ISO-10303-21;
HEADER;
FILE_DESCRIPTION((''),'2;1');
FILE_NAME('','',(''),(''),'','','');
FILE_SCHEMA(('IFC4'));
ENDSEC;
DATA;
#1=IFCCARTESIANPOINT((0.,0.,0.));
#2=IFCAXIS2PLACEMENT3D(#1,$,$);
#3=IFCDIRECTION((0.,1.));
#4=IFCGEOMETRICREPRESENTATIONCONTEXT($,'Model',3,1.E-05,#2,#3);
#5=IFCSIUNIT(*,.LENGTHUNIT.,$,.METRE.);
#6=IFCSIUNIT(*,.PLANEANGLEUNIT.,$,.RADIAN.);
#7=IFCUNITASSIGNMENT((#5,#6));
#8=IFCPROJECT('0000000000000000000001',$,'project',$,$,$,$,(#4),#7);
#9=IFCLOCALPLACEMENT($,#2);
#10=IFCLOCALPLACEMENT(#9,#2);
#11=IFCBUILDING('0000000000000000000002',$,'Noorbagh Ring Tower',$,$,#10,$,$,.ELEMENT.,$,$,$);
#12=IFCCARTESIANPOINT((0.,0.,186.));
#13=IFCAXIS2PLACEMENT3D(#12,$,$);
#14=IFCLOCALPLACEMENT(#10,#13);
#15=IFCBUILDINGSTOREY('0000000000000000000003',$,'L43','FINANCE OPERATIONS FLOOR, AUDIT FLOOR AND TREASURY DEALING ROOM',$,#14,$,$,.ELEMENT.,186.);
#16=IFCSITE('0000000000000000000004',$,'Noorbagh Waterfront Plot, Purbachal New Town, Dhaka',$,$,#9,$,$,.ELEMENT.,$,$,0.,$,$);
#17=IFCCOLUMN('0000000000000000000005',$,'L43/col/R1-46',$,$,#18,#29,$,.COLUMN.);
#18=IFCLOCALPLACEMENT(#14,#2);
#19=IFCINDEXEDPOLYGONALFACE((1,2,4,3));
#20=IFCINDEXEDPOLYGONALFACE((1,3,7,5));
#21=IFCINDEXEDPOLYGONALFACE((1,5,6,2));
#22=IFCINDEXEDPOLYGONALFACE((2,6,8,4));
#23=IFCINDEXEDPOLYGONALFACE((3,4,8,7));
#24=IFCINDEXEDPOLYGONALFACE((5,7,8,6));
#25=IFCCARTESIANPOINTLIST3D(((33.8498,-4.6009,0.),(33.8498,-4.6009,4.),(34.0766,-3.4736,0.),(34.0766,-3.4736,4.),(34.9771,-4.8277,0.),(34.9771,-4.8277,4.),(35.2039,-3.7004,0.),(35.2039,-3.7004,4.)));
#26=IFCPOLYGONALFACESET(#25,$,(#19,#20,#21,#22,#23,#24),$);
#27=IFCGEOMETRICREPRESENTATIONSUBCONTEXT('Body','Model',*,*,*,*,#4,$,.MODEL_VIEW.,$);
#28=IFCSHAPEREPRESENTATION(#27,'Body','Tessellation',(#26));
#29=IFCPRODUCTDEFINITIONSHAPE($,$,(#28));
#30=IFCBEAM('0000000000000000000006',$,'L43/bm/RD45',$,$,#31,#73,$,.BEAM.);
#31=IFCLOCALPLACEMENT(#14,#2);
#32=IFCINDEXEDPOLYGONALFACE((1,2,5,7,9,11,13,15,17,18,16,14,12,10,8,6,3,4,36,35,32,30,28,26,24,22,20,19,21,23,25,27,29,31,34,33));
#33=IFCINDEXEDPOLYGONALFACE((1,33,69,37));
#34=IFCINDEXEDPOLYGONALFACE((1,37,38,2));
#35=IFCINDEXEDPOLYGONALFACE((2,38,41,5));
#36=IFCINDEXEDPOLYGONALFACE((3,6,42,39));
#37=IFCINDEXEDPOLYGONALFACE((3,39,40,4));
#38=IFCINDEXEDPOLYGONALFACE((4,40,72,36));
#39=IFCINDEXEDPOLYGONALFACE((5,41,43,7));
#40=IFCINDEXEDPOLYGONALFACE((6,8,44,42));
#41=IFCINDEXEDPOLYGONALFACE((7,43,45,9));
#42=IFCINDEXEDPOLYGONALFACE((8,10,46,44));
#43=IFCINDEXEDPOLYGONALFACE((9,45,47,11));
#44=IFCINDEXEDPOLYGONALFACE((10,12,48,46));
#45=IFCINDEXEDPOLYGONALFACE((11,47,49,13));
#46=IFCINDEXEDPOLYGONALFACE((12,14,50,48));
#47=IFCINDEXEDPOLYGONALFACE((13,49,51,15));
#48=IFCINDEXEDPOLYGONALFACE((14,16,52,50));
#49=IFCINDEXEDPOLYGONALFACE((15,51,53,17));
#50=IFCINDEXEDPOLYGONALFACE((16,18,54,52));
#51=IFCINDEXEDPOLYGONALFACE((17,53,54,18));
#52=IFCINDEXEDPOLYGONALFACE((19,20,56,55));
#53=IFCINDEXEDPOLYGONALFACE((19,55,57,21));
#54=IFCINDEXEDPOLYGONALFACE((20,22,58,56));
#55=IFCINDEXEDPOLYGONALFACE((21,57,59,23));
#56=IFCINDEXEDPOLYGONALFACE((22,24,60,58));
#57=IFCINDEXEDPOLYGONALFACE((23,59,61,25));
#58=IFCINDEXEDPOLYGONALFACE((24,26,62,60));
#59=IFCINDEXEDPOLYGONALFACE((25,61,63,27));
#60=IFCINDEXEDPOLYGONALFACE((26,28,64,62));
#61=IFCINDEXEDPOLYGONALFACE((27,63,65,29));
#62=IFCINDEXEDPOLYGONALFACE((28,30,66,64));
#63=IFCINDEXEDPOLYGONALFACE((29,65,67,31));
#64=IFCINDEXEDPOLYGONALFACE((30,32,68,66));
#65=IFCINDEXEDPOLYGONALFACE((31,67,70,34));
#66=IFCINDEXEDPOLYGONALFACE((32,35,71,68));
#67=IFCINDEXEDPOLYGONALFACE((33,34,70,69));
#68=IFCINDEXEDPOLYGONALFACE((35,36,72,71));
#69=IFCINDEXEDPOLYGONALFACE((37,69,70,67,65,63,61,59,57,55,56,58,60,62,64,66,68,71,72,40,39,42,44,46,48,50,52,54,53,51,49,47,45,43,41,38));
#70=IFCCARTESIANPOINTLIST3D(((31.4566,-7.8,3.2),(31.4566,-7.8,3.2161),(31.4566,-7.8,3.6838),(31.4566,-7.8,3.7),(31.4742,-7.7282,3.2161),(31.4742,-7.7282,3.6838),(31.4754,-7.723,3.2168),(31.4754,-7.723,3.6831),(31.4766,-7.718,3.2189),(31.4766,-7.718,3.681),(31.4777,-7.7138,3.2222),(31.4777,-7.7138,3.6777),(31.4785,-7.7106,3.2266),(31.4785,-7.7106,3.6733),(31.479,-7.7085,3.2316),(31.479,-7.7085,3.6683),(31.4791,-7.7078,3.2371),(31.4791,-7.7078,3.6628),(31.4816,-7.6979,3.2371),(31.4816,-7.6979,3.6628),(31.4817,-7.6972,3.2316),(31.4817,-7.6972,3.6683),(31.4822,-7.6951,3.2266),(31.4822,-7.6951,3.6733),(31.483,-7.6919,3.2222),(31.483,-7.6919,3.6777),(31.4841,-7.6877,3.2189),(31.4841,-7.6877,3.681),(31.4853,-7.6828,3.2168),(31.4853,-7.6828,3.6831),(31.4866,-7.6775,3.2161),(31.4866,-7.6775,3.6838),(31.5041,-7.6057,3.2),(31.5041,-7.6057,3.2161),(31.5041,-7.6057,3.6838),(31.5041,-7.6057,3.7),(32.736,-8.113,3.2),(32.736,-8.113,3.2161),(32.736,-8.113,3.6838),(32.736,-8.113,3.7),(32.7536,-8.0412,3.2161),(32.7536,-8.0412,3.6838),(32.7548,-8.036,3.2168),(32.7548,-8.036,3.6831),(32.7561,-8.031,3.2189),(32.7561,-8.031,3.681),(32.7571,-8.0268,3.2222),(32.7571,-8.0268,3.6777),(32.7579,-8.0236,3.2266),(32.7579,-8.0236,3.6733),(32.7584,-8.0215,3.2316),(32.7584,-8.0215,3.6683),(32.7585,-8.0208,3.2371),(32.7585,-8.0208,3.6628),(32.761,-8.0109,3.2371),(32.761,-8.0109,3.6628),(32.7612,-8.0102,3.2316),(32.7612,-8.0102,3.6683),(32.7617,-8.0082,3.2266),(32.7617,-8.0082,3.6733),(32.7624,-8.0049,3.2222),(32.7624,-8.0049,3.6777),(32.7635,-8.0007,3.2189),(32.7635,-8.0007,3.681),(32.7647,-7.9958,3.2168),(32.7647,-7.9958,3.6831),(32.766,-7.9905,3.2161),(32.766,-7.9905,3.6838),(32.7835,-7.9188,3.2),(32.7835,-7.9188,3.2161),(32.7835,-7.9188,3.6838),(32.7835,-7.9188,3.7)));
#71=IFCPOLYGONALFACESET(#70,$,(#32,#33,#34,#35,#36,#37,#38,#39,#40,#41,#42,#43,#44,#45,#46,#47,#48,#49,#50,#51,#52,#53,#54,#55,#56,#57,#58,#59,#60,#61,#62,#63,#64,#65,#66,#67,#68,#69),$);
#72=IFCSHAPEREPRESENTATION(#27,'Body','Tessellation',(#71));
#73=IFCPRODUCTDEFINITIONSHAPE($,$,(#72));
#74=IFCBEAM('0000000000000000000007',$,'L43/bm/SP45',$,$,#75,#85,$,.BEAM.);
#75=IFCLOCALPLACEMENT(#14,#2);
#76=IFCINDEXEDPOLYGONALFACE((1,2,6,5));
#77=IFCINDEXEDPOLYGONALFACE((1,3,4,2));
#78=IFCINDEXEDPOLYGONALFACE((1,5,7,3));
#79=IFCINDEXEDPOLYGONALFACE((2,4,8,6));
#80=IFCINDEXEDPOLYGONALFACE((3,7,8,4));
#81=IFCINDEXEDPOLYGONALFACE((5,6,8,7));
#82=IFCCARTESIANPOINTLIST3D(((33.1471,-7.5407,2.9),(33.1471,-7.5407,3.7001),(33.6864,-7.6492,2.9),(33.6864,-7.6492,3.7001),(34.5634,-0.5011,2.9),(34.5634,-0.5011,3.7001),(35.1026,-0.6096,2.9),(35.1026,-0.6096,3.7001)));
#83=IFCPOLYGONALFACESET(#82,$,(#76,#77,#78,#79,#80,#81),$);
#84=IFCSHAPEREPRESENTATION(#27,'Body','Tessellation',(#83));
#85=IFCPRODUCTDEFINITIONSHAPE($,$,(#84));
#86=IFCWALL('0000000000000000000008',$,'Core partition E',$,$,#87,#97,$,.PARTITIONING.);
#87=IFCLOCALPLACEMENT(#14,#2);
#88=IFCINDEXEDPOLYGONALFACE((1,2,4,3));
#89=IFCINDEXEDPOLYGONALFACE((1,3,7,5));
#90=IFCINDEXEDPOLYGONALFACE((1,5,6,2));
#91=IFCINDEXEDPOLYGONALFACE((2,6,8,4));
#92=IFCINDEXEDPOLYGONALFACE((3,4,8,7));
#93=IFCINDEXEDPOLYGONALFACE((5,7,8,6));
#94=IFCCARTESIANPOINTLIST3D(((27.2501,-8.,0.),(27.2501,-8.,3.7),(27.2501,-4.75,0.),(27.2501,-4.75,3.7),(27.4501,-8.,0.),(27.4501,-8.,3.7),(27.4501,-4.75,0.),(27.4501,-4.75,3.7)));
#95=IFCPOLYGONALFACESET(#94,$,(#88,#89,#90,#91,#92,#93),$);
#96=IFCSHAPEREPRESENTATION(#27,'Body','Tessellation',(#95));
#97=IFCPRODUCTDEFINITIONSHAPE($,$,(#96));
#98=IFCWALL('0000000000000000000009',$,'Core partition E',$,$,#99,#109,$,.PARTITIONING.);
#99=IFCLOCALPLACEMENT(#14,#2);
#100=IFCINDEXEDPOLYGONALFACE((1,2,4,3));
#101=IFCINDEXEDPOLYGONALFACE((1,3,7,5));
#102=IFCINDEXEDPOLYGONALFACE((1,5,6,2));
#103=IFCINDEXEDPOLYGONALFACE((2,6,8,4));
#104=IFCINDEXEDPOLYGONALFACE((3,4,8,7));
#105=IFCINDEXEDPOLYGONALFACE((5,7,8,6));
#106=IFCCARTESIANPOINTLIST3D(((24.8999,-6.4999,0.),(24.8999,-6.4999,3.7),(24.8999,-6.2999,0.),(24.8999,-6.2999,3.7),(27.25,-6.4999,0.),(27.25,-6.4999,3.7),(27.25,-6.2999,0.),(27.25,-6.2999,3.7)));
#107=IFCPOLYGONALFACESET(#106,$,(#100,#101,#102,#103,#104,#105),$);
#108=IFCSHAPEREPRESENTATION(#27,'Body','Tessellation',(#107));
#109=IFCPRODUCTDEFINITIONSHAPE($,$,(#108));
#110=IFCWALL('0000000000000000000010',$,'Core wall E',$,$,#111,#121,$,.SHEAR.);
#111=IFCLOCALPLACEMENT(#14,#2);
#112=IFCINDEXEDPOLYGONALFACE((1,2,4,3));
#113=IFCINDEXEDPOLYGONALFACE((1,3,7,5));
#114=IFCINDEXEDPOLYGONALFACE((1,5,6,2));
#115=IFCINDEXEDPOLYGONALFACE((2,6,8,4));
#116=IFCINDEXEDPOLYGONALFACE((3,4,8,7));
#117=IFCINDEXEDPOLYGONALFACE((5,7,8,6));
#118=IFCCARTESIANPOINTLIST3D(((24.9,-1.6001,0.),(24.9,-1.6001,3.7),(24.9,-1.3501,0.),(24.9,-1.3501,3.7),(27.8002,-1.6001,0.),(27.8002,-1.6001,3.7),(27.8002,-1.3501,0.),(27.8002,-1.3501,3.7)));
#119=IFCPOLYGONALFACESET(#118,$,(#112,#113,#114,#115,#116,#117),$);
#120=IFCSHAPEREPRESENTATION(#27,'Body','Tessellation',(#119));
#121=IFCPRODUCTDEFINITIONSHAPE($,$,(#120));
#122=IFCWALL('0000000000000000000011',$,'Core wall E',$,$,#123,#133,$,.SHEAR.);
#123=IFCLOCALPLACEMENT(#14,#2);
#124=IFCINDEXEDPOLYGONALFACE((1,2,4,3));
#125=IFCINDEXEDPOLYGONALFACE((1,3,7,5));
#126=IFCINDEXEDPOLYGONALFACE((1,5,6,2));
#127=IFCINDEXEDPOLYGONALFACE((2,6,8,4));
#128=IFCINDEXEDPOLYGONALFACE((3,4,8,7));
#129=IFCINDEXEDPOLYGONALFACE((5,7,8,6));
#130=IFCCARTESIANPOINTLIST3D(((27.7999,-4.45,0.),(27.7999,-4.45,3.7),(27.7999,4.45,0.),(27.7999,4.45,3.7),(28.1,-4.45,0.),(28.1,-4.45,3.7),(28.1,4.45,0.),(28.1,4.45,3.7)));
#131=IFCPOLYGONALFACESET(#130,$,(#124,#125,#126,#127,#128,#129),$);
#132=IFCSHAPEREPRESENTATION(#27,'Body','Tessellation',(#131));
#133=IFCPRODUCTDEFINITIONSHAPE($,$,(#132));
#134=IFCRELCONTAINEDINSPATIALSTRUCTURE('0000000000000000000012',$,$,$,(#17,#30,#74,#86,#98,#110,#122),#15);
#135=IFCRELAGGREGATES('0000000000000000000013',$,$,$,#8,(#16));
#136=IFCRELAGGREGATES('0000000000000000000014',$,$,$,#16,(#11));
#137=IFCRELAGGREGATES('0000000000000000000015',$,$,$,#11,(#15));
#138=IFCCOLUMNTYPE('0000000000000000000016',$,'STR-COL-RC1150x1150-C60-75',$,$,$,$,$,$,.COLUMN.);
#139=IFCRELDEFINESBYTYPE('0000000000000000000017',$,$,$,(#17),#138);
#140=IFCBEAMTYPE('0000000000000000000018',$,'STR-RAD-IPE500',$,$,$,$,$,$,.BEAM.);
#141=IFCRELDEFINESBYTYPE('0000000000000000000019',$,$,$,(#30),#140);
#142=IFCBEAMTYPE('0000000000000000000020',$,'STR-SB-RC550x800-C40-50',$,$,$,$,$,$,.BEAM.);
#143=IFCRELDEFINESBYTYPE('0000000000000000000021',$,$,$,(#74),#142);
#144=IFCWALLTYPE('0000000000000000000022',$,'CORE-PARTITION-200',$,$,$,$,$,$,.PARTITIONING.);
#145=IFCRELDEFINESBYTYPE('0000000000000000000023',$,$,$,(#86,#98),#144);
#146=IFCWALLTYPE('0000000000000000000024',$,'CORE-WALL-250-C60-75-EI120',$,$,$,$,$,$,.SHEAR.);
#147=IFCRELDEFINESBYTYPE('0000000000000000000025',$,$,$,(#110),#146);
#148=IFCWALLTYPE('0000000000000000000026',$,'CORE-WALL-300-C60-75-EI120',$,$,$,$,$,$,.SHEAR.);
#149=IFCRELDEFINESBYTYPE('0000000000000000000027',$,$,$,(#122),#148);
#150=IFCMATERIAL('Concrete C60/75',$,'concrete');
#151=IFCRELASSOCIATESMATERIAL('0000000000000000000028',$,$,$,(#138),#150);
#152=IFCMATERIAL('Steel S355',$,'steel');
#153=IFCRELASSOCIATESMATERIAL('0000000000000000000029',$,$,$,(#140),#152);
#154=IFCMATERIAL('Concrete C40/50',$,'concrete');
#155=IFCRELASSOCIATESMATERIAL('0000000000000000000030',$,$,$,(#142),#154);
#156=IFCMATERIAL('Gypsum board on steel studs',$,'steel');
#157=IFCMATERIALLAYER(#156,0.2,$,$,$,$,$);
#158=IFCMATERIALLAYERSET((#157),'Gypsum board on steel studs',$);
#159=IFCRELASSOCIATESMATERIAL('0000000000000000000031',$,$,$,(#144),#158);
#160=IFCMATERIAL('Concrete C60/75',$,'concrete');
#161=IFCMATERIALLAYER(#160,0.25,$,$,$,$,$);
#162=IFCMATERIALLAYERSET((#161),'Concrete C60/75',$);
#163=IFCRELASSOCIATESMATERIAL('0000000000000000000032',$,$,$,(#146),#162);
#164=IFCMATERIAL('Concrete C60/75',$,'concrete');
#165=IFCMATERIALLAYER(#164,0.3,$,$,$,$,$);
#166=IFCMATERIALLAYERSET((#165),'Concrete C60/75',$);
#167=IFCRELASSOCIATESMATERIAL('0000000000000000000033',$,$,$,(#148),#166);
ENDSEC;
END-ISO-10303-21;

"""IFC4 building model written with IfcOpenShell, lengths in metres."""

from ifc_helpers import new_model, si_unit, direction, frame, frame_2d, origin, origin_2d, place, context, subcontext, project, spatial, rectangle, i_section, extrude, material, layer, layer_set, material_profile, profile_set, type_object, element, save


model = new_model("IFC4")

# Units and contexts
model_context = context("Model", 3, precision=1e-05, world=origin(), true_north=direction((0.0, 1.0)))
body_context = subcontext(model_context, "Body", "Model", "MODEL_VIEW")
ifc_project = project(units=[si_unit("LENGTHUNIT", "METRE"), si_unit("PLANEANGLEUNIT", "RADIAN")], contexts=[model_context])

# Site, building, storey
site_placement = place(None, origin())
site = spatial("IfcSite", under=ifc_project, at=site_placement, Name="Noorbagh Waterfront Plot, Purbachal New Town, Dhaka", CompositionType="ELEMENT", RefElevation=0.0)
building_placement = place(site_placement, origin())
building = spatial("IfcBuilding", under=site, at=building_placement, Name="Noorbagh Ring Tower", CompositionType="ELEMENT")
storey_placement = place(building_placement, frame((0.0, 0.0, 186.0)))
storey = spatial("IfcBuildingStorey", under=building, at=storey_placement, Name="L43", Description="FINANCE OPERATIONS FLOOR, AUDIT FLOOR AND TREASURY DEALING ROOM", CompositionType="ELEMENT", Elevation=186.0)

# Column
ifc_material_1 = material(Name="Concrete C60/75", Category="concrete")
ifc_material_profile_1 = material_profile(ifc_material_1, rectangle(XDim=1.1499, YDim=1.1499, at=origin_2d()), Name="RC1150x1150")
ifc_profile_set_1 = profile_set([ifc_material_profile_1], Name="Concrete C60/75")
column_type = type_object("IfcColumnType", Name="STR-COL-RC1150x1150-C60-75", PredefinedType="COLUMN", material=ifc_profile_set_1)
column_placement = place(storey_placement, frame((34.5269, -4.1506, 0.0), z_axis=(0.0, 0.0, 1.0), x_axis=(0.19723, 0.980357, 0.0)))
element("IfcColumn", 1, at=column_placement, inside=storey, type_object=column_type, Name="L43/col/R1-46", PredefinedType="COLUMN", context=body_context, shape_type="SweptSolid", body=[
    extrude(rectangle(XDim=1.1499, YDim=1.1499, at=origin_2d()), origin(), (0.0, 0.0, 1.0), 4.0),
])

# Beams
ifc_material_2 = material(Name="Steel S355", Category="steel")
ifc_material_profile_2 = material_profile(ifc_material_2, i_section(OverallWidth=0.2, OverallDepth=0.5, WebThickness=0.0103, FlangeThickness=0.0161, FilletRadius=0.021, at=origin_2d()), Name="IPE500")
ifc_profile_set_2 = profile_set([ifc_material_profile_2], Name="Steel S355")
beam_type_1 = type_object("IfcBeamType", Name="STR-RAD-IPE500", PredefinedType="BEAM", material=ifc_profile_set_2)
beam_1_placement = place(storey_placement, frame((32.7598, -8.0159, 3.45), z_axis=(-0.971351, 0.237647, 0.0), x_axis=(-0.237647, -0.971351, 0.0)))
element("IfcBeam", 2, at=beam_1_placement, inside=storey, type_object=beam_type_1, Name="L43/bm/RD45", PredefinedType="BEAM", context=body_context, shape_type="SweptSolid", body=[
    extrude(i_section(OverallWidth=0.2, OverallDepth=0.5, WebThickness=0.0103, FlangeThickness=0.0161, FilletRadius=0.021, at=origin_2d()), origin(), (0.0, 0.0, 1.0), 1.3171),
])
ifc_material_3 = material(Name="Concrete C40/50", Category="concrete")
ifc_material_profile_3 = material_profile(ifc_material_3, rectangle(XDim=0.55, YDim=0.8, at=origin_2d()), Name="RC550x800")
ifc_profile_set_3 = profile_set([ifc_material_profile_3], Name="Concrete C40/50")
beam_type_2 = type_object("IfcBeamType", Name="STR-SB-RC550x800-C40-50", PredefinedType="BEAM", material=ifc_profile_set_3)
beam_2_placement = place(storey_placement, frame((33.4167, -7.595, 3.3), z_axis=(0.197234, 0.980356, 0.0), x_axis=(-0.980356, 0.197234, 0.0)))
element("IfcBeam", 3, at=beam_2_placement, inside=storey, type_object=beam_type_2, Name="L43/bm/SP45", PredefinedType="BEAM", context=body_context, shape_type="SweptSolid", body=[
    extrude(rectangle(XDim=0.55, YDim=0.8, at=origin_2d()), origin(), (0.0, 0.0, 1.0), 7.1807),
])

# Walls
ifc_material_4 = material(Name="Gypsum board on steel studs", Category="steel")
ifc_layer_1 = layer(ifc_material_4, 0.2)
ifc_layer_set_1 = layer_set([ifc_layer_1], Name="Gypsum board on steel studs")
wall_type_1 = type_object("IfcWallType", Name="CORE-PARTITION-200", PredefinedType="PARTITIONING", material=ifc_layer_set_1)
wall_1_placement = place(storey_placement, frame((27.3501, -8.0, 0.0), z_axis=(0.0, 0.0, 1.0), x_axis=(0.0, 1.0, 0.0)))
element("IfcWall", 4, at=wall_1_placement, inside=storey, type_object=wall_type_1, Name="Core partition E", PredefinedType="PARTITIONING", context=body_context, shape_type="SweptSolid", body=[
    extrude(rectangle(XDim=3.25, YDim=0.2, at=frame_2d((1.625, 0.0))), origin(), (0.0, 0.0, 1.0), 3.7),
])
wall_2_placement = place(storey_placement, frame((24.8999, -6.3999, 0.0), z_axis=(0.0, 0.0, 1.0), x_axis=(1.0, 0.0, 0.0)))
element("IfcWall", 5, at=wall_2_placement, inside=storey, type_object=wall_type_1, Name="Core partition E", PredefinedType="PARTITIONING", context=body_context, shape_type="SweptSolid", body=[
    extrude(rectangle(XDim=2.3501, YDim=0.2, at=frame_2d((1.175, 0.0))), origin(), (0.0, 0.0, 1.0), 3.7),
])
ifc_material_5 = material(Name="Concrete C60/75", Category="concrete")
ifc_layer_2 = layer(ifc_material_5, 0.25)
ifc_layer_set_2 = layer_set([ifc_layer_2], Name="Concrete C60/75")
wall_type_2 = type_object("IfcWallType", Name="CORE-WALL-250-C60-75-EI120", PredefinedType="SHEAR", material=ifc_layer_set_2)
wall_3_placement = place(storey_placement, frame((24.8999, -1.4751, 0.0), z_axis=(0.0, 0.0, 1.0), x_axis=(1.0, 0.0, 0.0)))
element("IfcWall", 6, at=wall_3_placement, inside=storey, type_object=wall_type_2, Name="Core wall E", PredefinedType="SHEAR", context=body_context, shape_type="SweptSolid", body=[
    extrude(rectangle(XDim=2.9001, YDim=0.25, at=frame_2d((1.4502, 0.0))), origin(), (0.0, 0.0, 1.0), 3.7),
])
ifc_material_6 = material(Name="Concrete C60/75", Category="concrete")
ifc_layer_3 = layer(ifc_material_6, 0.3)
ifc_layer_set_3 = layer_set([ifc_layer_3], Name="Concrete C60/75")
wall_type_3 = type_object("IfcWallType", Name="CORE-WALL-300-C60-75-EI120", PredefinedType="SHEAR", material=ifc_layer_set_3)
wall_4_placement = place(storey_placement, frame((27.95, -4.45, 0.0), z_axis=(0.0, 0.0, 1.0), x_axis=(0.0, 1.0, 0.0)))
element("IfcWall", 7, at=wall_4_placement, inside=storey, type_object=wall_type_3, Name="Core wall E", PredefinedType="SHEAR", context=body_context, shape_type="SweptSolid", body=[
    extrude(rectangle(XDim=8.8999, YDim=0.3, at=frame_2d((4.45, 0.0))), origin(), (0.0, 0.0, 1.0), 3.7),
])

save(model, "model.ifc")
